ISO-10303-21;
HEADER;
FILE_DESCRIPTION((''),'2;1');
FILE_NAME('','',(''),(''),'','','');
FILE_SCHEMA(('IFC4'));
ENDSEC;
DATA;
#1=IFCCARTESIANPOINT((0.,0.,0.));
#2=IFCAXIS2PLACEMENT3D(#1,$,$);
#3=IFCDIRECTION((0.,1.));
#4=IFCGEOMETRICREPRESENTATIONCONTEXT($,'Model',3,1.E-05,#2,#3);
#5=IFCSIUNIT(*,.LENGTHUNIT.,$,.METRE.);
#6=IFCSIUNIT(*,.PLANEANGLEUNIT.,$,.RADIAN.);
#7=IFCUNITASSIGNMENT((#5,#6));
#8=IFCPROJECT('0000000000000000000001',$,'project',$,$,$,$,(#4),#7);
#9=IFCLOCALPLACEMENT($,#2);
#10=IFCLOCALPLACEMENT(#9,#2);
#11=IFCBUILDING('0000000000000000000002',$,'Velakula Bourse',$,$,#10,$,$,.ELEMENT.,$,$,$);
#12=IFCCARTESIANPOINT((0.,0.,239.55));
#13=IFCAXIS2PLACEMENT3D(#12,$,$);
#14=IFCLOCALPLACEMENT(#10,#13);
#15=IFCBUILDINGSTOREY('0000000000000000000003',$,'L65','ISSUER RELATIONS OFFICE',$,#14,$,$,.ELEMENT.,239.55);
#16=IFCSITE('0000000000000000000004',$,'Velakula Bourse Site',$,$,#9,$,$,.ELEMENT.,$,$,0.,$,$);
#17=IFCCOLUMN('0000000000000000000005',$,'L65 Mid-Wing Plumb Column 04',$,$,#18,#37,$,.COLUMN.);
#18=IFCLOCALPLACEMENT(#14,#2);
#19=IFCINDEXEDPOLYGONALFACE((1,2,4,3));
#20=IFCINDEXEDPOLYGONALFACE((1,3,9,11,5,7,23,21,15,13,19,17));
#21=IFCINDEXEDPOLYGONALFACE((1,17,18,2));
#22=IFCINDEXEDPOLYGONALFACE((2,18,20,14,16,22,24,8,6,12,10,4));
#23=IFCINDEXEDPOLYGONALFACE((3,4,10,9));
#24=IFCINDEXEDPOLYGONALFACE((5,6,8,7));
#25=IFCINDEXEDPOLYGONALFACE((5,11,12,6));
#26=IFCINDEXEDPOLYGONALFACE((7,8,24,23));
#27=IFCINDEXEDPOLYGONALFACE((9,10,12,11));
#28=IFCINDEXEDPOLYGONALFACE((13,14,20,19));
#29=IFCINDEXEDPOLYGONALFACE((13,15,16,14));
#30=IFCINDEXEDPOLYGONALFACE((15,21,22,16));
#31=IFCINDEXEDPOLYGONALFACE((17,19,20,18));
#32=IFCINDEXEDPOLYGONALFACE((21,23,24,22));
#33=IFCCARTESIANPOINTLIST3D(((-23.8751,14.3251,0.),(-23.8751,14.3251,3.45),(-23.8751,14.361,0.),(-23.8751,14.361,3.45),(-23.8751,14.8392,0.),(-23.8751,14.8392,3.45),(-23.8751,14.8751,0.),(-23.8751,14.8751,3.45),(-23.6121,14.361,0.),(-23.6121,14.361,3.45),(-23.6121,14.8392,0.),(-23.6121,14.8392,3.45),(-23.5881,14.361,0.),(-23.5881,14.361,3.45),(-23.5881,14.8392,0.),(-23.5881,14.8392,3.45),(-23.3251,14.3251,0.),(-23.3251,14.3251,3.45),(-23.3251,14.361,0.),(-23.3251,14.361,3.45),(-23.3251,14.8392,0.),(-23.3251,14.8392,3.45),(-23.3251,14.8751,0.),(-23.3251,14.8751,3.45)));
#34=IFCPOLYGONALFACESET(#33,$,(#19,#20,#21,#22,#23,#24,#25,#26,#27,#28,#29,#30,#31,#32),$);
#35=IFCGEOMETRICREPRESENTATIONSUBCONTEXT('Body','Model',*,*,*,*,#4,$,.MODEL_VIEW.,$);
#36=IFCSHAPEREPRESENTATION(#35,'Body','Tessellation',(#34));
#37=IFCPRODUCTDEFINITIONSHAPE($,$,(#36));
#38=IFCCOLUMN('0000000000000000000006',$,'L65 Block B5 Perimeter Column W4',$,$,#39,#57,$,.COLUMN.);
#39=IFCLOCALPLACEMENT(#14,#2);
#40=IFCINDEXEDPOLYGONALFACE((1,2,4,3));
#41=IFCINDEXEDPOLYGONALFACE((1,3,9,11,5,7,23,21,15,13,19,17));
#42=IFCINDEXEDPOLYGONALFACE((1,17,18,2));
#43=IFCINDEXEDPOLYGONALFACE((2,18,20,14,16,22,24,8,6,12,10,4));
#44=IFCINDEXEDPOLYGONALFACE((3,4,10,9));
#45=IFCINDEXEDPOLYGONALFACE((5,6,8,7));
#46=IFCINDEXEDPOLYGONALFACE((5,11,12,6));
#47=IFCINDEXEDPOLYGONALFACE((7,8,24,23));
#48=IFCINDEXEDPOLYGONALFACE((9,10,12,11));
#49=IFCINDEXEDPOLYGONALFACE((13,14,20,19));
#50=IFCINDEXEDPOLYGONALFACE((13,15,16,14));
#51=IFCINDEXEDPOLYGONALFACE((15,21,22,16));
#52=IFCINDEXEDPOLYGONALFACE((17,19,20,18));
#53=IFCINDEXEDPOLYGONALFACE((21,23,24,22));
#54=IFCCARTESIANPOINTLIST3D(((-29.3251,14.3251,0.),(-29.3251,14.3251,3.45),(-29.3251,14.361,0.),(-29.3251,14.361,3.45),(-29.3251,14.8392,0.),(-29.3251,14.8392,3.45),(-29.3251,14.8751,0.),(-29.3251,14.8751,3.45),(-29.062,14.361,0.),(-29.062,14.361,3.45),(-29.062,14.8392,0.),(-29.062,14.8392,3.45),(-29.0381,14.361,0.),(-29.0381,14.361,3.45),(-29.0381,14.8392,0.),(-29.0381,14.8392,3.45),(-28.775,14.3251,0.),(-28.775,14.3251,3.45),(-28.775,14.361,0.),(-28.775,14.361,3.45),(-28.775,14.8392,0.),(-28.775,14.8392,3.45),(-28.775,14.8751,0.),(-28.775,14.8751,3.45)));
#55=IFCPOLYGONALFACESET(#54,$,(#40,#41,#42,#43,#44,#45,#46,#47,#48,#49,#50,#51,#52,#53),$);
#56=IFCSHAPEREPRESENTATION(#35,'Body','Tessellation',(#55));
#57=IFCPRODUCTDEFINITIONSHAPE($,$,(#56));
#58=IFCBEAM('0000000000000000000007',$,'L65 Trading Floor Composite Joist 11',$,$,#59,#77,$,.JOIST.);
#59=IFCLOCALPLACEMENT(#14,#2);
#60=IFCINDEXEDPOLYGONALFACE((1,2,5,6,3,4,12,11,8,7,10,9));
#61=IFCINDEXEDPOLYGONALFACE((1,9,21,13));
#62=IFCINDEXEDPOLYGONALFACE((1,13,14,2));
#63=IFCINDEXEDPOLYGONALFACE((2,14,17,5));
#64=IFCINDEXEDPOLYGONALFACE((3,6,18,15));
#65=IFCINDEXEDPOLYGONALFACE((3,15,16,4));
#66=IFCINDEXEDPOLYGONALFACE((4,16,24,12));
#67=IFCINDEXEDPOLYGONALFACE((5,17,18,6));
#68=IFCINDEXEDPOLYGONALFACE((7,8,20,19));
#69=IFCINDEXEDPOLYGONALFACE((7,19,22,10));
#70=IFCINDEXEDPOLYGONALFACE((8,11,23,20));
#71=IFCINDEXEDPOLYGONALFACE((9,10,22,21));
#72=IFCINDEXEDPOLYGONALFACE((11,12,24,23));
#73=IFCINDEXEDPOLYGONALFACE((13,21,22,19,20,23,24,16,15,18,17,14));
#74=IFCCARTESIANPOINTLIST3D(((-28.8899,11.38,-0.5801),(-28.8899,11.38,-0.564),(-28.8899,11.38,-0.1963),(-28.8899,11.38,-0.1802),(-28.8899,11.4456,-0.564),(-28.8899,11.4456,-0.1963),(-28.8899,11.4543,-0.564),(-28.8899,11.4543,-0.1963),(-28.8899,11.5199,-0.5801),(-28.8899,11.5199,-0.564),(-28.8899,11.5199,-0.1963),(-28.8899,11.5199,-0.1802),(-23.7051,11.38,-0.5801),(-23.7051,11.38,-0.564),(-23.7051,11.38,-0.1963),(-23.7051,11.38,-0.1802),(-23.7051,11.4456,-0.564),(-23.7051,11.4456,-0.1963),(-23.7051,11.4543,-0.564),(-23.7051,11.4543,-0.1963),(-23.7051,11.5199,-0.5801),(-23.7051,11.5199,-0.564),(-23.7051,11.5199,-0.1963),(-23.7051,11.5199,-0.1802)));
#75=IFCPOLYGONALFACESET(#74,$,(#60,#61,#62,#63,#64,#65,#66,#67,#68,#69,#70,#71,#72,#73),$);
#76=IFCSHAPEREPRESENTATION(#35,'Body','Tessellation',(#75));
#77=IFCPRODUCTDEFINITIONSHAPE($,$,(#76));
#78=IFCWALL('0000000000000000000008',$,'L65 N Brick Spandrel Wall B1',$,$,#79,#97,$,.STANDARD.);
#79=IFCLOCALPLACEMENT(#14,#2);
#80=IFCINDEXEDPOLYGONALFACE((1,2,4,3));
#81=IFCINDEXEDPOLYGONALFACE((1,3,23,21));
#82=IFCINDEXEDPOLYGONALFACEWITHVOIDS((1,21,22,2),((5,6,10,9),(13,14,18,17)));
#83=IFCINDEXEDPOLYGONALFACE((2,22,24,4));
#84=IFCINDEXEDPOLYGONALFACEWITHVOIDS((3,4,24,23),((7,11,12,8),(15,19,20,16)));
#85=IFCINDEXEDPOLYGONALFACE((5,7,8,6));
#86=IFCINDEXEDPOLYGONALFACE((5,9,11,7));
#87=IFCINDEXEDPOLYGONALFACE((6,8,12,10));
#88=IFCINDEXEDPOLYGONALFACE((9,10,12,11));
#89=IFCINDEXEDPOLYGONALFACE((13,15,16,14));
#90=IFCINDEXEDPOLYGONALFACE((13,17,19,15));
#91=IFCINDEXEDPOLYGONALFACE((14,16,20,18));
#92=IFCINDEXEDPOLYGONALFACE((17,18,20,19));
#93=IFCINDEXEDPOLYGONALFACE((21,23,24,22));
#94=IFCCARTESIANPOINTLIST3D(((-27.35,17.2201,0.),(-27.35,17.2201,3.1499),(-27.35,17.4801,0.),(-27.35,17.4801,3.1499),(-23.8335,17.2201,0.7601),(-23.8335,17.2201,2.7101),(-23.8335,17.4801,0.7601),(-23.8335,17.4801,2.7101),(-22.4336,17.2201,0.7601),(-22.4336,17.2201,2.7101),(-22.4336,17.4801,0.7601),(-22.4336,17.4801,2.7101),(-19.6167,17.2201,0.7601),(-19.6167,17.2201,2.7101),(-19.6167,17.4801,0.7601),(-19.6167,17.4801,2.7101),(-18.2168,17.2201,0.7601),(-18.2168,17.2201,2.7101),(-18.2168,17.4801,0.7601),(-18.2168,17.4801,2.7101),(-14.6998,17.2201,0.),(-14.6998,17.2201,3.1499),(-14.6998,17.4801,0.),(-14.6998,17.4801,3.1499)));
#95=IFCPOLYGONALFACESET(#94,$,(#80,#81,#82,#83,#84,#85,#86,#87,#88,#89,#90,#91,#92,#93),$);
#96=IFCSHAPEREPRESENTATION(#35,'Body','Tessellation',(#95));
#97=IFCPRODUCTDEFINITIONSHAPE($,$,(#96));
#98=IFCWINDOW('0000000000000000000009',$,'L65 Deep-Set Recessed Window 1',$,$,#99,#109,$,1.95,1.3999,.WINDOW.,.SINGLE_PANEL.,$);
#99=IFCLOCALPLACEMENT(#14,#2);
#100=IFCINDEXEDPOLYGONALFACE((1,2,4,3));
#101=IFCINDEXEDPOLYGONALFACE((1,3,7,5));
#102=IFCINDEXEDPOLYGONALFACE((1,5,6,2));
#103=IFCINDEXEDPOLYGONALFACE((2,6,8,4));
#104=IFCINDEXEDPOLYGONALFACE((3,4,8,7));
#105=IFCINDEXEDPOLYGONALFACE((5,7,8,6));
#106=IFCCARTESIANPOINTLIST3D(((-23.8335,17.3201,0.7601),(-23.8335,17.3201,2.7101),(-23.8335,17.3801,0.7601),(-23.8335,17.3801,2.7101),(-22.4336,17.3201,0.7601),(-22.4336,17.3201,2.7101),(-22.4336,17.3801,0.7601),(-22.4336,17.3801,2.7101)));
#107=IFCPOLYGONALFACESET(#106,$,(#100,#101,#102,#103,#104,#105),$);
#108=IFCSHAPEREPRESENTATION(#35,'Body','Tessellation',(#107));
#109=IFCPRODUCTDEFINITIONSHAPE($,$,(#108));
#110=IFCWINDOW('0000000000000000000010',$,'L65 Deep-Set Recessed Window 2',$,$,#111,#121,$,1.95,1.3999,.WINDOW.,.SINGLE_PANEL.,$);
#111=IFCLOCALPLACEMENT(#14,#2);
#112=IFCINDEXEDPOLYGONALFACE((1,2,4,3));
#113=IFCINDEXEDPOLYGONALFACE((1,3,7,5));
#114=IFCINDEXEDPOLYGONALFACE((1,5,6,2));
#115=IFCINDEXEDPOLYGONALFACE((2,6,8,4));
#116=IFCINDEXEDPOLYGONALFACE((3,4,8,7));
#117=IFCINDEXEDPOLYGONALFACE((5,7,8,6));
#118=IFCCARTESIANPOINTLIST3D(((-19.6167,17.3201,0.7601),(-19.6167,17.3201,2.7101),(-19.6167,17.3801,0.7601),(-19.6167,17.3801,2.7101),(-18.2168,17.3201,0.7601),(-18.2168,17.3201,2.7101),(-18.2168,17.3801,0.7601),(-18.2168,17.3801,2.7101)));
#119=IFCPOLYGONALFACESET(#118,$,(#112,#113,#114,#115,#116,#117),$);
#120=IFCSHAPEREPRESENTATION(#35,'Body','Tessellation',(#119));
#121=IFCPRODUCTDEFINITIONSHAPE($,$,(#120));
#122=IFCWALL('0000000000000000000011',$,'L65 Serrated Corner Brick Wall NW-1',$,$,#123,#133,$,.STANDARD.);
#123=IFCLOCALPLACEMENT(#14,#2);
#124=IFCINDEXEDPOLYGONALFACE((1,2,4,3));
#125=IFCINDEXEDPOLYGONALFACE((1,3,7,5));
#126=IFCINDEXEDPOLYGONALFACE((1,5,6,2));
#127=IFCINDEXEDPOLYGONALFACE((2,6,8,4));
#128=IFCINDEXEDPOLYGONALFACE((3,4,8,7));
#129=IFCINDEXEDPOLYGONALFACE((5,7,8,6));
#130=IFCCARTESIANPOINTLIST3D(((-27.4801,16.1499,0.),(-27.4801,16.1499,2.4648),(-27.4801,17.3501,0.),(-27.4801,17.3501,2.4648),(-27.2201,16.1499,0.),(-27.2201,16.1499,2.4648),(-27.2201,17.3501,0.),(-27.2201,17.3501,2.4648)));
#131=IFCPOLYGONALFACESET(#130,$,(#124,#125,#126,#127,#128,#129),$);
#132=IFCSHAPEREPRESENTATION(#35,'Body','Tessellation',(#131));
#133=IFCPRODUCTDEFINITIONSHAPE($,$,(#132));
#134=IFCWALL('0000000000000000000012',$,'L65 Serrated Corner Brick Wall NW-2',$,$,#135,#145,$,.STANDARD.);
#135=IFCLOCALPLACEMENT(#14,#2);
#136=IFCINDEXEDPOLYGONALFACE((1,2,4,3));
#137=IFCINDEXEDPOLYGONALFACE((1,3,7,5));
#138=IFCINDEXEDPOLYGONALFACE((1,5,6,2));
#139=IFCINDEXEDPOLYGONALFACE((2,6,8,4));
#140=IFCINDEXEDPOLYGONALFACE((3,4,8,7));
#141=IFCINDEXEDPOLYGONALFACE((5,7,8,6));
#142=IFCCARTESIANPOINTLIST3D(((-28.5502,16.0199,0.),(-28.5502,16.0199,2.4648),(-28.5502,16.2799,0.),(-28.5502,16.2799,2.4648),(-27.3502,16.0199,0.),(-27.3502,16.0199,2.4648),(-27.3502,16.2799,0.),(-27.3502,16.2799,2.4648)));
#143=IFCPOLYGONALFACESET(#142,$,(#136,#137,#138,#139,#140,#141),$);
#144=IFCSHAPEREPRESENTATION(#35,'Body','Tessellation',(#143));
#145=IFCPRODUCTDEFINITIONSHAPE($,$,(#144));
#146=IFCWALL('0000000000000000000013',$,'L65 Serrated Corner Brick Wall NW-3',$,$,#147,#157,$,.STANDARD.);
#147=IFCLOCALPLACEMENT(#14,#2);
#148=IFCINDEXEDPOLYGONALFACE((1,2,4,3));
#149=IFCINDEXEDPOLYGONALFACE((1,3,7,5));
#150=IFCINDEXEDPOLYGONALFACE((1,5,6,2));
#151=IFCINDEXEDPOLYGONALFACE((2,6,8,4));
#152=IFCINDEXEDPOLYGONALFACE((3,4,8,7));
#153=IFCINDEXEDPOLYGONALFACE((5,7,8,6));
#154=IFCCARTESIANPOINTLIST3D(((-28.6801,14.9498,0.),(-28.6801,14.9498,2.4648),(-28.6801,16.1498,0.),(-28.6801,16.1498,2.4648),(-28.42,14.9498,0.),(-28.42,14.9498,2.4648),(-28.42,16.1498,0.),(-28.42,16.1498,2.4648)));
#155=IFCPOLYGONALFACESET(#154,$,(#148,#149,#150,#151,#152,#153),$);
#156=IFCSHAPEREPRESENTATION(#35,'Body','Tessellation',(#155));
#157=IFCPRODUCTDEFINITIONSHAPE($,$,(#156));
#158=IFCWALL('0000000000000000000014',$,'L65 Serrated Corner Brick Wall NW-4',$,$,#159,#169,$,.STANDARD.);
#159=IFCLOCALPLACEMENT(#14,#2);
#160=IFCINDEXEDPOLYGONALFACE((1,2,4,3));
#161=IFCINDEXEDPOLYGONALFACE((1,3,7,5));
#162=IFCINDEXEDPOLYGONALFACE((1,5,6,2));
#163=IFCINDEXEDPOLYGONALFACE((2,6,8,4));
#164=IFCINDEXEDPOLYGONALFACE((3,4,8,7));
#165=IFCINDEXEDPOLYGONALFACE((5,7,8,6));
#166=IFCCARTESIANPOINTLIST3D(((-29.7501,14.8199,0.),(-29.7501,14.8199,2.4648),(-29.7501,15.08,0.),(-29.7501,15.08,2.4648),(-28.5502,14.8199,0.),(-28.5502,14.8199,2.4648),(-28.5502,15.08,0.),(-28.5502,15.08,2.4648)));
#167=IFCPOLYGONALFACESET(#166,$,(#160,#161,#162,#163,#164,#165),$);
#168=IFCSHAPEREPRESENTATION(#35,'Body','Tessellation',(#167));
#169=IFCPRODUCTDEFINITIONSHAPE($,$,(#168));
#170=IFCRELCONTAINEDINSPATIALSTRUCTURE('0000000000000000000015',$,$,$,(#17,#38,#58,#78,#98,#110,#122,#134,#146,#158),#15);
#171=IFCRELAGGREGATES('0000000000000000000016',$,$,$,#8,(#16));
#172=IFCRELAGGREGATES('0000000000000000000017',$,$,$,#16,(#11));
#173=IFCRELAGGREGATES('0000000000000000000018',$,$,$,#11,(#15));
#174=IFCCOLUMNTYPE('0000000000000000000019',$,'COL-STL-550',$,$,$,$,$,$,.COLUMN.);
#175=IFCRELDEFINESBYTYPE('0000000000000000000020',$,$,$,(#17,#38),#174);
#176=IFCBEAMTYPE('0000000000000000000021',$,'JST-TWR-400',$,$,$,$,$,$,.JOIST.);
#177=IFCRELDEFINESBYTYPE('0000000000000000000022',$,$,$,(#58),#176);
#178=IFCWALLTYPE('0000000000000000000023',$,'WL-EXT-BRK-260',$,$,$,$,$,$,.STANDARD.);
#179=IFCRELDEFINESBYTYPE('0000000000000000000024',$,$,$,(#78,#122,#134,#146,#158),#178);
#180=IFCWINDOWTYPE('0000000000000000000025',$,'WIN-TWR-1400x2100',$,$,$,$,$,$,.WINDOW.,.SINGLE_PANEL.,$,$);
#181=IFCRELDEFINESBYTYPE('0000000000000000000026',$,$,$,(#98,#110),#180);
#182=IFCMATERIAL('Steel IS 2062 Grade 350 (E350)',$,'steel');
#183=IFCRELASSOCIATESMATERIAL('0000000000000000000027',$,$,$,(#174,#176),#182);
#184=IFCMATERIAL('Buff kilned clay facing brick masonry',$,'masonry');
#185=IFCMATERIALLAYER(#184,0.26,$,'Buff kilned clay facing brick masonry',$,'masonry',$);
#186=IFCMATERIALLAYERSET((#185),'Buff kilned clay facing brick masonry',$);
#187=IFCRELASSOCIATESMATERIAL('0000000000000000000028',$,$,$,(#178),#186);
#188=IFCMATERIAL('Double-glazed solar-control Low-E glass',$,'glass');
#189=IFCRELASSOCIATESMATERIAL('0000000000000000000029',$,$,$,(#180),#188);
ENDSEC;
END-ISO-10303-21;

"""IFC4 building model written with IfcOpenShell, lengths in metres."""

from ifc_helpers import new_model, si_unit, direction, frame, frame_2d, origin, origin_2d, place, context, subcontext, project, spatial, rectangle, i_section, extrude, material, layer, layer_set, material_profile, profile_set, type_object, element, fill, save


model = new_model("IFC4")

# Units and contexts
model_context = context("Model", 3, precision=1e-05, world=origin(), true_north=direction((0.0, 1.0)))
body_context = subcontext(model_context, "Body", "Model", "MODEL_VIEW")
ifc_project = project(units=[si_unit("LENGTHUNIT", "METRE"), si_unit("PLANEANGLEUNIT", "RADIAN")], contexts=[model_context])

# Site, building, storey
site_placement = place(None, origin())
site = spatial("IfcSite", under=ifc_project, at=site_placement, Name="Velakula Bourse Site", CompositionType="ELEMENT", RefElevation=0.0)
building_placement = place(site_placement, origin())
building = spatial("IfcBuilding", under=site, at=building_placement, Name="Velakula Bourse", CompositionType="ELEMENT")
storey_placement = place(building_placement, frame((0.0, 0.0, 239.55)))
storey = spatial("IfcBuildingStorey", under=building, at=storey_placement, Name="L65", Description="ISSUER RELATIONS OFFICE", CompositionType="ELEMENT", Elevation=239.55)

# Columns
ifc_material_1 = material(Name="Steel IS 2062 Grade 350 (E350)", Category="steel")
ifc_material_profile_1 = material_profile(ifc_material_1, i_section(OverallWidth=0.55, OverallDepth=0.55, WebThickness=0.0239, FlangeThickness=0.0359, at=origin_2d()), Name="Steel IS 2062 Grade 350 (E350)")
ifc_profile_set_1 = profile_set([ifc_material_profile_1], Name="Steel IS 2062 Grade 350 (E350)")
column_type = type_object("IfcColumnType", Name="COL-STL-550", PredefinedType="COLUMN", material=ifc_profile_set_1)
for number, where, z_axis, x_axis, name in (
    (1, (-23.6001, 14.6001, 0.0), (0.0, 0.0, 1.0), (1.0, 0.0, 0.0), "L65 Mid-Wing Plumb Column 04"),
    (2, (-29.05, 14.6001, 0.0), (0.0, 0.0, 1.0), (1.0, 0.0, 0.0), "L65 Block B5 Perimeter Column W4"),
):
    element("IfcColumn", number, at=place(storey_placement, frame(where, z_axis=z_axis, x_axis=x_axis)), inside=storey, type_object=column_type, Name=name, PredefinedType="COLUMN", context=body_context, shape_type="SweptSolid", body=[
        extrude(i_section(OverallWidth=0.55, OverallDepth=0.55, WebThickness=0.0239, FlangeThickness=0.0359, at=origin_2d()), origin(), (0.0, 0.0, 1.0), 3.45),
    ])

# Beam
ifc_material_profile_2 = material_profile(ifc_material_1, i_section(OverallWidth=0.1399, OverallDepth=0.3999, WebThickness=0.0088, FlangeThickness=0.0161, at=origin_2d()), Name="Steel IS 2062 Grade 350 (E350)")
ifc_profile_set_2 = profile_set([ifc_material_profile_2], Name="Steel IS 2062 Grade 350 (E350)")
beam_type = type_object("IfcBeamType", Name="JST-TWR-400", PredefinedType="JOIST", material=ifc_profile_set_2)
beam_placement = place(storey_placement, frame((-28.8899, 11.45, -0.3801), z_axis=(1.0, 0.0, 0.0), x_axis=(0.0, 1.0, 0.0)))
element("IfcBeam", 3, at=beam_placement, inside=storey, type_object=beam_type, Name="L65 Trading Floor Composite Joist 11", PredefinedType="JOIST", context=body_context, shape_type="SweptSolid", body=[
    extrude(i_section(OverallWidth=0.1399, OverallDepth=0.3999, WebThickness=0.0088, FlangeThickness=0.0161, at=origin_2d()), origin(), (0.0, 0.0, 1.0), 5.1848),
])

# Wall, openings, windows
ifc_material_2 = material(Name="Buff kilned clay facing brick masonry", Category="masonry")
ifc_layer_1 = layer(ifc_material_2, 0.26, Name="Buff kilned clay facing brick masonry", Category="masonry")
ifc_layer_set_1 = layer_set([ifc_layer_1], Name="Buff kilned clay facing brick masonry")
wall_type_1 = type_object("IfcWallType", Name="WL-EXT-BRK-260", PredefinedType="STANDARD", material=ifc_layer_set_1)
wall_1_placement = place(storey_placement, frame((-27.3501, 17.3501, 0.0), z_axis=(0.0, 0.0, 1.0), x_axis=(1.0, 0.0, 0.0)))
wall_1 = element("IfcWall", 4, at=wall_1_placement, inside=storey, type_object=wall_type_1, Name="L65 N Brick Spandrel Wall B1", PredefinedType="STANDARD", context=body_context, shape_type="SweptSolid", body=[
    extrude(rectangle(XDim=12.6501, YDim=0.26, at=frame_2d((6.3252, 0.0))), origin(), (0.0, 0.0, 1.0), 3.1499),
])
opening_1_placement = place(wall_1_placement, frame((3.5166, 0.0, 0.76)))
opening_1 = element("IfcOpeningElement", 5, at=opening_1_placement, cuts=wall_1, PredefinedType="OPENING", context=body_context, shape_type="SweptSolid", body=[
    extrude(rectangle(XDim=1.3999, YDim=1.95, at=frame_2d((0.7, 0.9751))), frame((0.0, 0.1399, 0.0), z_axis=(0.0, -1.0, 0.0), x_axis=(1.0, 0.0, 0.0)), (0.0, 0.0, 1.0), 0.28),
])
opening_2_placement = place(wall_1_placement, frame((7.7334, 0.0, 0.76)))
opening_2 = element("IfcOpeningElement", 6, at=opening_2_placement, cuts=wall_1, PredefinedType="OPENING", context=body_context, shape_type="SweptSolid", body=[
    extrude(rectangle(XDim=1.3999, YDim=1.95, at=frame_2d((0.7, 0.9751))), frame((0.0, 0.1399, 0.0), z_axis=(0.0, -1.0, 0.0), x_axis=(1.0, 0.0, 0.0)), (0.0, 0.0, 1.0), 0.28),
])
ifc_material_3 = material(Name="Double-glazed solar-control Low-E glass", Category="glass")
window_type = type_object("IfcWindowType", Name="WIN-TWR-1400x2100", PartitioningType="SINGLE_PANEL", PredefinedType="WINDOW", material=ifc_material_3)
window_1_placement = place(opening_1_placement, origin())
window_1 = element("IfcWindow", 7, at=window_1_placement, inside=storey, type_object=window_type, Name="L65 Deep-Set Recessed Window 1", OverallHeight=1.95, OverallWidth=1.3999, PartitioningType="SINGLE_PANEL", PredefinedType="WINDOW", context=body_context, shape_type="SweptSolid", body=[
    extrude(rectangle(XDim=1.3999, YDim=1.95, at=frame_2d((0.7, 0.9751))), frame((0.0, 0.03, 0.0), z_axis=(0.0, -1.0, 0.0), x_axis=(1.0, 0.0, 0.0)), (0.0, 0.0, 1.0), 0.0601),
])
fill(opening_1, window_1)
window_2_placement = place(opening_2_placement, origin())
window_2 = element("IfcWindow", 8, at=window_2_placement, inside=storey, type_object=window_type, Name="L65 Deep-Set Recessed Window 2", OverallHeight=1.95, OverallWidth=1.3999, PartitioningType="SINGLE_PANEL", PredefinedType="WINDOW", context=body_context, shape_type="SweptSolid", body=[
    extrude(rectangle(XDim=1.3999, YDim=1.95, at=frame_2d((0.7, 0.9751))), frame((0.0, 0.03, 0.0), z_axis=(0.0, -1.0, 0.0), x_axis=(1.0, 0.0, 0.0)), (0.0, 0.0, 1.0), 0.0601),
])
fill(opening_2, window_2)

# Walls
wall_2_placement = place(storey_placement, frame((-27.3501, 17.3501, 0.0), z_axis=(0.0, 0.0, 1.0), x_axis=(0.0, -1.0, 0.0)))
element("IfcWall", 9, at=wall_2_placement, inside=storey, type_object=wall_type_1, Name="L65 Serrated Corner Brick Wall NW-1", PredefinedType="STANDARD", context=body_context, shape_type="SweptSolid", body=[
    extrude(rectangle(XDim=1.2002, YDim=0.26, at=frame_2d((0.6001, 0.0))), origin(), (0.0, 0.0, 1.0), 2.4648),
])
for number, where, z_axis, x_axis, name in (
    (10, (-27.3501, 16.1499, 0.0), (0.0, 0.0, 1.0), (-1.0, 0.0, 0.0), "L65 Serrated Corner Brick Wall NW-2"),
    (11, (-28.55, 16.1499, 0.0), (0.0, 0.0, 1.0), (0.0, -1.0, 0.0), "L65 Serrated Corner Brick Wall NW-3"),
    (12, (-28.55, 14.95, 0.0), (0.0, 0.0, 1.0), (-1.0, 0.0, 0.0), "L65 Serrated Corner Brick Wall NW-4"),
):
    element("IfcWall", number, at=place(storey_placement, frame(where, z_axis=z_axis, x_axis=x_axis)), inside=storey, type_object=wall_type_1, Name=name, PredefinedType="STANDARD", context=body_context, shape_type="SweptSolid", body=[
        extrude(rectangle(XDim=1.2, YDim=0.26, at=frame_2d((0.6001, 0.0))), origin(), (0.0, 0.0, 1.0), 2.4648),
    ])

save(model, "model.ifc")
